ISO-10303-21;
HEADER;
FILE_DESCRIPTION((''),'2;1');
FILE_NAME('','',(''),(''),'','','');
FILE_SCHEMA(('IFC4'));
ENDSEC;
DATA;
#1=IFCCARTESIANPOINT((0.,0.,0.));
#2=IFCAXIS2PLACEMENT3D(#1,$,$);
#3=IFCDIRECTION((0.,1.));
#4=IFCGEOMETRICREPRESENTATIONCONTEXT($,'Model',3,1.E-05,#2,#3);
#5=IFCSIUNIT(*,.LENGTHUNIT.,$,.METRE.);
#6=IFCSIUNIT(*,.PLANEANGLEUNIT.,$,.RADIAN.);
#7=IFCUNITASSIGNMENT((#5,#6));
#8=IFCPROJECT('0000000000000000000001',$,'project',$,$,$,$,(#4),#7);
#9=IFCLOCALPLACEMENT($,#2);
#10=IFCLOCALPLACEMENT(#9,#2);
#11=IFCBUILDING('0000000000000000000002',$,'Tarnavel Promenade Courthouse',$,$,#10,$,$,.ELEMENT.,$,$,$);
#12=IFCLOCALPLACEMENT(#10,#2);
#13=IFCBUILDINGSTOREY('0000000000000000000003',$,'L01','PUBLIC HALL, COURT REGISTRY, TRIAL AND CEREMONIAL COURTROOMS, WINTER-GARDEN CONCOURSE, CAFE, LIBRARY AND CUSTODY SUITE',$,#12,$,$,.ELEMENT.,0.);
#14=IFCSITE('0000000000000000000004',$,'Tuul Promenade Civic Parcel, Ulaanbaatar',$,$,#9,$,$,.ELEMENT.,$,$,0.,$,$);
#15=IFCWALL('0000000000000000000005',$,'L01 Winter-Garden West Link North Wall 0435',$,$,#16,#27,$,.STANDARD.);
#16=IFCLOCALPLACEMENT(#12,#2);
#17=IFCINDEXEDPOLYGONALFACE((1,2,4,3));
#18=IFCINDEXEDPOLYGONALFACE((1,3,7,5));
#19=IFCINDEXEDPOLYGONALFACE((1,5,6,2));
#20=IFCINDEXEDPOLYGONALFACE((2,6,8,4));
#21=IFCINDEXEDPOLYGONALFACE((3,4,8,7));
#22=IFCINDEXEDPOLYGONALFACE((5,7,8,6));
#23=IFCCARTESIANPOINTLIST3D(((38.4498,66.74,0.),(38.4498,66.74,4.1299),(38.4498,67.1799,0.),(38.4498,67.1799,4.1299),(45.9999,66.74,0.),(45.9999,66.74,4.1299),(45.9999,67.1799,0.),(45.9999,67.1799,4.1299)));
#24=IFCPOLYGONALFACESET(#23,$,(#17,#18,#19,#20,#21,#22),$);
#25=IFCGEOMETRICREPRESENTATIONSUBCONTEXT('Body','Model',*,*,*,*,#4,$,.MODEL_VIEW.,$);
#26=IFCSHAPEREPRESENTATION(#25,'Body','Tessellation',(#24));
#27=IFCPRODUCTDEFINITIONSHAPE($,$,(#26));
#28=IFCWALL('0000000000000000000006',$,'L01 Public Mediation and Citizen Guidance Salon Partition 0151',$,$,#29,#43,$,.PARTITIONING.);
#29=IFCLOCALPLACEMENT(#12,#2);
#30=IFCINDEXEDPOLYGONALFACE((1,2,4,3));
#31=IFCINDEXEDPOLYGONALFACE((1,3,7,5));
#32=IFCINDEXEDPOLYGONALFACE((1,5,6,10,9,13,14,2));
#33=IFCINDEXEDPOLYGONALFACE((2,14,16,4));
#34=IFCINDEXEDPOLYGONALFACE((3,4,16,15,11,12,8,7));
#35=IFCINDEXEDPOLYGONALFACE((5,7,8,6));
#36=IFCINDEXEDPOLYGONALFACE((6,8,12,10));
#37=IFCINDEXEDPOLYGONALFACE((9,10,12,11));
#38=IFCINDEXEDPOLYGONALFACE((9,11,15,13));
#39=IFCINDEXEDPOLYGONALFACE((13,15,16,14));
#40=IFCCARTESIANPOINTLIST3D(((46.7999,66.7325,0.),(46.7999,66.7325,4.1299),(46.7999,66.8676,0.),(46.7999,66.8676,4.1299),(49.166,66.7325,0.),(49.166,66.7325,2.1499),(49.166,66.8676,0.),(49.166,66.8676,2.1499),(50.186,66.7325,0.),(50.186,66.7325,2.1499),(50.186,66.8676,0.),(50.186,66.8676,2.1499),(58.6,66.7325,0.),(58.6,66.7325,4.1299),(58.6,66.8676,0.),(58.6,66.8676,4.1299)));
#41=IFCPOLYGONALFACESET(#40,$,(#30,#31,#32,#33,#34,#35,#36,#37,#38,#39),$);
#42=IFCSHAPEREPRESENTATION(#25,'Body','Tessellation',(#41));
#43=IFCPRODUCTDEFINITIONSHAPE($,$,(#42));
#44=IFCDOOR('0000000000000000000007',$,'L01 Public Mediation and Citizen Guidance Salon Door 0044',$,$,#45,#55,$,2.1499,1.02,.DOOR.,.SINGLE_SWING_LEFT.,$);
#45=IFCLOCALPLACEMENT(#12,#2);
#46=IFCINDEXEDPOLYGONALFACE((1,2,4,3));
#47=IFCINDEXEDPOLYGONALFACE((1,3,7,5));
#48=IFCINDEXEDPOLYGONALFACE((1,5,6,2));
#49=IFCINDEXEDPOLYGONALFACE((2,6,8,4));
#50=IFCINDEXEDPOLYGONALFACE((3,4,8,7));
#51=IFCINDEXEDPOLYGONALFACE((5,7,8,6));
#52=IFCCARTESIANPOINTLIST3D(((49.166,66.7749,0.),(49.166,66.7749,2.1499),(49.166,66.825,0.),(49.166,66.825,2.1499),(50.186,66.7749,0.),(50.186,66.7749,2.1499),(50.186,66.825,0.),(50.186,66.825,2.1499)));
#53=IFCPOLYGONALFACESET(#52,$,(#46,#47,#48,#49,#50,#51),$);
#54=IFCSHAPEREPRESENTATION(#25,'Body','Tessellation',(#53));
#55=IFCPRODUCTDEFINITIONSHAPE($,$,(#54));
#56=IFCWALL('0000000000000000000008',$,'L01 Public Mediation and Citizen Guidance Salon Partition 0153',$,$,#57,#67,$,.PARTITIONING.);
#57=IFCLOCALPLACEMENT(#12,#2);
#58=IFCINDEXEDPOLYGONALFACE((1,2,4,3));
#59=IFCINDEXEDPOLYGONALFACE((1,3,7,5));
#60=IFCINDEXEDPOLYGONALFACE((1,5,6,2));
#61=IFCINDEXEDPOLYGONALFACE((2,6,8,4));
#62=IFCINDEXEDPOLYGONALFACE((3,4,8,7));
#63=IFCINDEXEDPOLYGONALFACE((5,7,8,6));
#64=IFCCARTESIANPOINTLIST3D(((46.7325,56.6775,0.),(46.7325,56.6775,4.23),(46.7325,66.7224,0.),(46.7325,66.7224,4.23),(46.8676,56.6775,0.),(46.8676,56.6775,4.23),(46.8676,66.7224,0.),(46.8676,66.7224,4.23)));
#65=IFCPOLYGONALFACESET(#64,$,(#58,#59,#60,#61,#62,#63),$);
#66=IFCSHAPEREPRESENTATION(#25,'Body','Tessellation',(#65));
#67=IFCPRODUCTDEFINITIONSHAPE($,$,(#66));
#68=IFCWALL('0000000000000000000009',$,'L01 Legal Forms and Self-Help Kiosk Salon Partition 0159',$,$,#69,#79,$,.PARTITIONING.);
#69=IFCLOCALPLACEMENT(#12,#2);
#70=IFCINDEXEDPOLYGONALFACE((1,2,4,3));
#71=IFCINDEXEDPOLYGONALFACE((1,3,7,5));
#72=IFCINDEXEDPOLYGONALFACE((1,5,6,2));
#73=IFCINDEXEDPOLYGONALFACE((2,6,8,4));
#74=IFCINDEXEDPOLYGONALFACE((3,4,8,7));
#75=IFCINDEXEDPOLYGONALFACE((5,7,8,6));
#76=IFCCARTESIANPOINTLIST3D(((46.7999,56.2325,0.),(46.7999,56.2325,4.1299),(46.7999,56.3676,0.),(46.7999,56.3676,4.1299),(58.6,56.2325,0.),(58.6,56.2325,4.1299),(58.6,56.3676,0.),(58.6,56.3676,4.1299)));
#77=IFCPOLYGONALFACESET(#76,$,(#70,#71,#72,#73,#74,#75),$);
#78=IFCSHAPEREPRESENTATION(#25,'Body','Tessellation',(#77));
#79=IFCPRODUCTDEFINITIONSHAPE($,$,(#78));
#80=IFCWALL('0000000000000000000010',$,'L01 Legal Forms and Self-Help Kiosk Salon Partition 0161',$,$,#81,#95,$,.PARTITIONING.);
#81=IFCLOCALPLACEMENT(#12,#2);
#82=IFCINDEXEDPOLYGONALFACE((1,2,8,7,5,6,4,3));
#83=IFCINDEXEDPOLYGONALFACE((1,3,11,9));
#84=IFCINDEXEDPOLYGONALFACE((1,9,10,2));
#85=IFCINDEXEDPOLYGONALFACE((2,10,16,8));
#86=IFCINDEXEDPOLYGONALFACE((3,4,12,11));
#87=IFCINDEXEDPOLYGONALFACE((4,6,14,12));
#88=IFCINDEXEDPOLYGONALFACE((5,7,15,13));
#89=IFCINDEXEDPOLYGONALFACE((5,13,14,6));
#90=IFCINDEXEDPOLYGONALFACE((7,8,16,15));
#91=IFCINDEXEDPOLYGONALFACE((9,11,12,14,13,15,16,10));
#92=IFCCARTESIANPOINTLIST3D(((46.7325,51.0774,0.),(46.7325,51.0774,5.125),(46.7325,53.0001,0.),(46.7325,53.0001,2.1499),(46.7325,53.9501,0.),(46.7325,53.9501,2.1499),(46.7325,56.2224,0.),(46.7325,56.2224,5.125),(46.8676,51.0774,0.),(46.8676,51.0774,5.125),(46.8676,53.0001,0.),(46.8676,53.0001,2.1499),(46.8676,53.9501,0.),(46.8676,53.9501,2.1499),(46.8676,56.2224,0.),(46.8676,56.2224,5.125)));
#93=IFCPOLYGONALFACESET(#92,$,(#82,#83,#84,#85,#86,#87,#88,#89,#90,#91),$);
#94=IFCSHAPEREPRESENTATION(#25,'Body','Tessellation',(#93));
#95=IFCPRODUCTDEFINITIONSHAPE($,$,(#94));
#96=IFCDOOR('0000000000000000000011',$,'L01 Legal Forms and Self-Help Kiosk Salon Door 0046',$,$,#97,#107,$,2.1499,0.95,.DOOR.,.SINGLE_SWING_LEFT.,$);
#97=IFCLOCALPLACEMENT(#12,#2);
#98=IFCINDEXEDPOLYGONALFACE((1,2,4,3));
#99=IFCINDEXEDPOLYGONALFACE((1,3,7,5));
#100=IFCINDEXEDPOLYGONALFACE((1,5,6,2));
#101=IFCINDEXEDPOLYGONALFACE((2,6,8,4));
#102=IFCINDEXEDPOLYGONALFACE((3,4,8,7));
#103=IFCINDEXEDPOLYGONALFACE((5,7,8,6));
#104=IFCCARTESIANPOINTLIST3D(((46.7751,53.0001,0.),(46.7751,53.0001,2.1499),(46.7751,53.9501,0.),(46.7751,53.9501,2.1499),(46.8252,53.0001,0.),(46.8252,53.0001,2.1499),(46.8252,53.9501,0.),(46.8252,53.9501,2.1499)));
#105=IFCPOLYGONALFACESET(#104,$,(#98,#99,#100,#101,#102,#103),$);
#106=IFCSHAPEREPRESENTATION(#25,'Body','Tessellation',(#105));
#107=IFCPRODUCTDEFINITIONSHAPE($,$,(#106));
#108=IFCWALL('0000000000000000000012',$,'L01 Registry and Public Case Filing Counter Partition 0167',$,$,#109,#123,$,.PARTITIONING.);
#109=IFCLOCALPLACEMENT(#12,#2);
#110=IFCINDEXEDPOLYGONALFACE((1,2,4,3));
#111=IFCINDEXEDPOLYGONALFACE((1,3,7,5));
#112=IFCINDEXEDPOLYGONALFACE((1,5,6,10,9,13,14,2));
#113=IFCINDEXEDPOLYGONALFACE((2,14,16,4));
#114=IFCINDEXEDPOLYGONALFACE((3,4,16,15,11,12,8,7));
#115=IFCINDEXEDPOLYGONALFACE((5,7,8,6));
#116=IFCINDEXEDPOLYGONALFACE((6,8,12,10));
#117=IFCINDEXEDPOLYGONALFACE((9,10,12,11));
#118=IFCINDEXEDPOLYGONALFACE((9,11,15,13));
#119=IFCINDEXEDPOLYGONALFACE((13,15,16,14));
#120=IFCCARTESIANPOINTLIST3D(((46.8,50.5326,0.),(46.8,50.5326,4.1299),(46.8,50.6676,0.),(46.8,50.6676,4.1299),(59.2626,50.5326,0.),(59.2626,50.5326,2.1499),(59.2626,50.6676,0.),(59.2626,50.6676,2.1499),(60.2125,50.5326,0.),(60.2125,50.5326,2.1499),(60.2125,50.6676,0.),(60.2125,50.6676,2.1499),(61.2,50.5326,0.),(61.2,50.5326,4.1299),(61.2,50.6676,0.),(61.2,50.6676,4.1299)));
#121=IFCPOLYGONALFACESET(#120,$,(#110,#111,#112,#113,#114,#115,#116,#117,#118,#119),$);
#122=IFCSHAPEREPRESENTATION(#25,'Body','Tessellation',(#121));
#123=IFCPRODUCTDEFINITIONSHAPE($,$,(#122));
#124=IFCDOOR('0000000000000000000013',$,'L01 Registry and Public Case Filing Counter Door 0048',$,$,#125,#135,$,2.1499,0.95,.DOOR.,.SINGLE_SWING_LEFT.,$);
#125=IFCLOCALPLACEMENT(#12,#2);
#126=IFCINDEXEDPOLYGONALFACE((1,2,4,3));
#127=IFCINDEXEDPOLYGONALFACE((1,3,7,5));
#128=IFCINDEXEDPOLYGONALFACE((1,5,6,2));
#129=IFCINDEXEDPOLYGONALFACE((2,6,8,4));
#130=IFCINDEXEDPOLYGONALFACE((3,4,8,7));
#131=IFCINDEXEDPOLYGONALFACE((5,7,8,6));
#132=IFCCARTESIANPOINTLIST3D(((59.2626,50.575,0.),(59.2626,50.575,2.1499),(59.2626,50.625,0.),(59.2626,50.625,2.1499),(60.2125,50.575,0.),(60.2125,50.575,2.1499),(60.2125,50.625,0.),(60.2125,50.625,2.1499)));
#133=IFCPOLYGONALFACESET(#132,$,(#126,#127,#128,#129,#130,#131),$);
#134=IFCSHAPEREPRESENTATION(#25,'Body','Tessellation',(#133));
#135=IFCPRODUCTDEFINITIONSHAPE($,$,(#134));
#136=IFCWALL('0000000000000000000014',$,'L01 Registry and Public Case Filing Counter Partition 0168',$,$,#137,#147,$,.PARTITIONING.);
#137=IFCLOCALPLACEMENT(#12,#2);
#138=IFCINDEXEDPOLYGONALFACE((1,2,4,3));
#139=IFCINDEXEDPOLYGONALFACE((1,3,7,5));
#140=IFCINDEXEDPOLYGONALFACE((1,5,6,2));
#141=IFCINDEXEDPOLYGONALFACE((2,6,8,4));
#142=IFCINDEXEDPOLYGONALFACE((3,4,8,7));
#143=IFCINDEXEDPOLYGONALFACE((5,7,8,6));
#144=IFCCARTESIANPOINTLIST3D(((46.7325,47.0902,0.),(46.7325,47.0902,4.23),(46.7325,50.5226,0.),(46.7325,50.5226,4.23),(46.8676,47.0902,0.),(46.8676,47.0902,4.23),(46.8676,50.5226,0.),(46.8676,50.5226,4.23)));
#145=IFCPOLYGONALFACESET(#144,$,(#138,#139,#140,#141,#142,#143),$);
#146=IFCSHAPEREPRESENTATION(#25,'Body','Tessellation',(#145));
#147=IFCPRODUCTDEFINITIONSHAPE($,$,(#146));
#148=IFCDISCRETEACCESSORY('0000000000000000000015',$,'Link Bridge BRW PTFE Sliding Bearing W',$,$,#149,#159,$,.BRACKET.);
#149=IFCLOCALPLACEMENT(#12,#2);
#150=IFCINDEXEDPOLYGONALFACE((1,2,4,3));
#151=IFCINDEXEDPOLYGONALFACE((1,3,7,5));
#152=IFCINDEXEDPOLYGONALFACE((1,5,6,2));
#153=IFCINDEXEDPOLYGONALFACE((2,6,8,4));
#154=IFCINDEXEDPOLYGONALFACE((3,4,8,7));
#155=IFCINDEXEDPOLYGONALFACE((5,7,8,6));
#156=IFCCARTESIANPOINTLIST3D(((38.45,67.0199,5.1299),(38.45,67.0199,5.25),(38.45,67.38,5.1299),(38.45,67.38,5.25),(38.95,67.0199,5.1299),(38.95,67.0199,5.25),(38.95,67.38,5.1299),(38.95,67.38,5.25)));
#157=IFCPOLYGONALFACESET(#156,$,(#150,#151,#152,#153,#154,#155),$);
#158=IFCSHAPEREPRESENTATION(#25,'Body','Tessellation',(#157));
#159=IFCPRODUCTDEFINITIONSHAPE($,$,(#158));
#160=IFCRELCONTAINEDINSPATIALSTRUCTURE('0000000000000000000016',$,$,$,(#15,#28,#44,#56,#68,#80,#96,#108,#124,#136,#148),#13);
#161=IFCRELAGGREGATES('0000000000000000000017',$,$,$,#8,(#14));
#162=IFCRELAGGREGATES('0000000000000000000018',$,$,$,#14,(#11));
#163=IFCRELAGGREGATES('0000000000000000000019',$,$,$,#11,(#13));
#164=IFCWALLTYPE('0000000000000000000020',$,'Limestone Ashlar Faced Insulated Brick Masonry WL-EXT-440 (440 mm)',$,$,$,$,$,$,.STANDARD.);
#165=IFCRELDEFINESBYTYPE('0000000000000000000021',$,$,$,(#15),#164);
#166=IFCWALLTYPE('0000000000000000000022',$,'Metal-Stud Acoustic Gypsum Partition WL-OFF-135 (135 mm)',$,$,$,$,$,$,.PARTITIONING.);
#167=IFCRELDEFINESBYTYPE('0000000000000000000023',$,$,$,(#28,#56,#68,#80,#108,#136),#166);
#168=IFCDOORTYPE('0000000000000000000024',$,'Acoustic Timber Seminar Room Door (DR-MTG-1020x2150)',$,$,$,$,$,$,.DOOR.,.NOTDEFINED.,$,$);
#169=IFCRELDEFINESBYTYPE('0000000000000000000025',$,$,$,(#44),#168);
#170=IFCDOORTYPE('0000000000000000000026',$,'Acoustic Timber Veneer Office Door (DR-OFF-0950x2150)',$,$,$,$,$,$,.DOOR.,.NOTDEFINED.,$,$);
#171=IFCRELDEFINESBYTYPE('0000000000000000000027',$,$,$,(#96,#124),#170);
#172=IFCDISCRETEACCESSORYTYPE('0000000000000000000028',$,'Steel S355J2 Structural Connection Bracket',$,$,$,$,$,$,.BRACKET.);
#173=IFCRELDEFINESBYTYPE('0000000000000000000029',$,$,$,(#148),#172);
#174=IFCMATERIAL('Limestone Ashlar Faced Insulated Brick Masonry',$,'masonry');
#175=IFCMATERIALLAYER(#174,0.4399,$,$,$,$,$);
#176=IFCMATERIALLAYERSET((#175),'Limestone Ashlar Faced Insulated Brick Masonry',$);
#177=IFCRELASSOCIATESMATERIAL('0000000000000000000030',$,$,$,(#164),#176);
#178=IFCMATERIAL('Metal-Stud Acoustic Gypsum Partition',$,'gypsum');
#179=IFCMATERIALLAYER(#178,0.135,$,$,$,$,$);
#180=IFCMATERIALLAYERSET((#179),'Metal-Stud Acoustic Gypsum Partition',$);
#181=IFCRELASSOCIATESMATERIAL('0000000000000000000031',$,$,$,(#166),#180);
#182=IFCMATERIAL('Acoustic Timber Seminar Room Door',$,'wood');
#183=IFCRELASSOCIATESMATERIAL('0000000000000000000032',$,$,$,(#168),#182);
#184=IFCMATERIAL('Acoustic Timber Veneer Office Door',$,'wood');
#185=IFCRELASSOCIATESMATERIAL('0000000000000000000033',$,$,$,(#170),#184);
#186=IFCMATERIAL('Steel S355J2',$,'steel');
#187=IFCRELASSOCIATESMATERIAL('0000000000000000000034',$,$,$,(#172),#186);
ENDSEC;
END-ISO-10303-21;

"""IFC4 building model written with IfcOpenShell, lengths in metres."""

from ifc_helpers import new_model, si_unit, direction, frame, frame_2d, origin, origin_2d, place, context, subcontext, project, spatial, rectangle, extrude, material, layer, layer_set, type_object, element, fill, save


model = new_model("IFC4")

# Units and contexts
model_context = context("Model", 3, precision=1e-05, world=origin(), true_north=direction((0.0, 1.0)))
body_context = subcontext(model_context, "Body", "Model", "MODEL_VIEW")
ifc_project = project(units=[si_unit("LENGTHUNIT", "METRE"), si_unit("PLANEANGLEUNIT", "RADIAN")], contexts=[model_context])

# Site, building, storey
site_placement = place(None, origin())
site = spatial("IfcSite", under=ifc_project, at=site_placement, Name="Tuul Promenade Civic Parcel, Ulaanbaatar", CompositionType="ELEMENT", RefElevation=0.0)
building_placement = place(site_placement, origin())
building = spatial("IfcBuilding", under=site, at=building_placement, Name="Tarnavel Promenade Courthouse", CompositionType="ELEMENT")
storey_placement = place(building_placement, origin())
storey = spatial("IfcBuildingStorey", under=building, at=storey_placement, Name="L01", Description="PUBLIC HALL, COURT REGISTRY, TRIAL AND CEREMONIAL COURTROOMS, WINTER-GARDEN CONCOURSE, CAFE, LIBRARY AND CUSTODY SUITE", CompositionType="ELEMENT", Elevation=0.0)

# Shared definitions
ifc_material_1 = material(Name="Steel S355J2", Category="steel")

# Wall
ifc_material_2 = material(Name="Limestone Ashlar Faced Insulated Brick Masonry", Category="masonry")
ifc_layer_1 = layer(ifc_material_2, 0.4399)
ifc_layer_set_1 = layer_set([ifc_layer_1], Name="Limestone Ashlar Faced Insulated Brick Masonry")
wall_type_1 = type_object("IfcWallType", Name="Limestone Ashlar Faced Insulated Brick Masonry WL-EXT-440 (440 mm)", PredefinedType="STANDARD", material=ifc_layer_set_1)
wall_1_placement = place(storey_placement, frame((38.45, 66.96, 0.0), z_axis=(0.0, 0.0, 1.0), x_axis=(1.0, 0.0, 0.0)))
element("IfcWall", 1, at=wall_1_placement, inside=storey, type_object=wall_type_1, Name="L01 Winter-Garden West Link North Wall 0435", PredefinedType="STANDARD", context=body_context, shape_type="SweptSolid", body=[
    extrude(rectangle(XDim=7.55, YDim=0.4399, at=frame_2d((3.7749, 0.0))), origin(), (0.0, 0.0, 1.0), 4.1299),
])

# Wall, opening, door
ifc_material_3 = material(Name="Metal-Stud Acoustic Gypsum Partition", Category="gypsum")
ifc_layer_2 = layer(ifc_material_3, 0.135)
ifc_layer_set_2 = layer_set([ifc_layer_2], Name="Metal-Stud Acoustic Gypsum Partition")
wall_type_2 = type_object("IfcWallType", Name="Metal-Stud Acoustic Gypsum Partition WL-OFF-135 (135 mm)", PredefinedType="PARTITIONING", material=ifc_layer_set_2)
wall_2_placement = place(storey_placement, frame((46.8, 66.8, 0.0), z_axis=(0.0, 0.0, 1.0), x_axis=(1.0, 0.0, 0.0)))
wall_2 = element("IfcWall", 2, at=wall_2_placement, inside=storey, type_object=wall_type_2, Name="L01 Public Mediation and Citizen Guidance Salon Partition 0151", PredefinedType="PARTITIONING", context=body_context, shape_type="SweptSolid", body=[
    extrude(rectangle(XDim=11.8, YDim=0.135, at=frame_2d((5.8999, 0.0))), origin(), (0.0, 0.0, 1.0), 4.1299),
])
opening_1_placement = place(wall_2_placement, frame((2.366, 0.0, 0.0)))
opening_1 = element("IfcOpeningElement", 3, at=opening_1_placement, cuts=wall_2, PredefinedType="OPENING", context=body_context, shape_type="SweptSolid", body=[
    extrude(rectangle(XDim=1.02, YDim=2.1499, at=frame_2d((0.51, 1.075))), frame((0.0, 0.0774, 0.0), z_axis=(0.0, -1.0, 0.0), x_axis=(1.0, 0.0, 0.0)), (0.0, 0.0, 1.0), 0.155),
])
ifc_material_4 = material(Name="Acoustic Timber Seminar Room Door", Category="wood")
door_type_1 = type_object("IfcDoorType", Name="Acoustic Timber Seminar Room Door (DR-MTG-1020x2150)", OperationType="NOTDEFINED", PredefinedType="DOOR", material=ifc_material_4)
door_1_placement = place(opening_1_placement, origin())
door_1 = element("IfcDoor", 4, at=door_1_placement, inside=storey, type_object=door_type_1, Name="L01 Public Mediation and Citizen Guidance Salon Door 0044", OperationType="SINGLE_SWING_LEFT", OverallHeight=2.1499, OverallWidth=1.02, PredefinedType="DOOR", context=body_context, shape_type="SweptSolid", body=[
    extrude(rectangle(XDim=1.02, YDim=2.1499, at=frame_2d((0.51, 1.075))), frame((0.0, 0.0249, 0.0), z_axis=(0.0, -1.0, 0.0), x_axis=(1.0, 0.0, 0.0)), (0.0, 0.0, 1.0), 0.05),
])
fill(opening_1, door_1)

# Walls
wall_3_placement = place(storey_placement, frame((46.8, 56.6775, 0.0), z_axis=(0.0, 0.0, 1.0), x_axis=(0.0, 1.0, 0.0)))
element("IfcWall", 5, at=wall_3_placement, inside=storey, type_object=wall_type_2, Name="L01 Public Mediation and Citizen Guidance Salon Partition 0153", PredefinedType="PARTITIONING", context=body_context, shape_type="SweptSolid", body=[
    extrude(rectangle(XDim=10.0449, YDim=0.135, at=frame_2d((5.0225, 0.0))), origin(), (0.0, 0.0, 1.0), 4.23),
])
wall_4_placement = place(storey_placement, frame((46.8, 56.3, 0.0), z_axis=(0.0, 0.0, 1.0), x_axis=(1.0, 0.0, 0.0)))
element("IfcWall", 6, at=wall_4_placement, inside=storey, type_object=wall_type_2, Name="L01 Legal Forms and Self-Help Kiosk Salon Partition 0159", PredefinedType="PARTITIONING", context=body_context, shape_type="SweptSolid", body=[
    extrude(rectangle(XDim=11.8, YDim=0.135, at=frame_2d((5.8999, 0.0))), origin(), (0.0, 0.0, 1.0), 4.1299),
])

# Walls, openings, doors
wall_5_placement = place(storey_placement, frame((46.8, 51.0774, 0.0), z_axis=(0.0, 0.0, 1.0), x_axis=(0.0, 1.0, 0.0)))
wall_5 = element("IfcWall", 7, at=wall_5_placement, inside=storey, type_object=wall_type_2, Name="L01 Legal Forms and Self-Help Kiosk Salon Partition 0161", PredefinedType="PARTITIONING", context=body_context, shape_type="SweptSolid", body=[
    extrude(rectangle(XDim=5.145, YDim=0.135, at=frame_2d((2.5725, 0.0))), origin(), (0.0, 0.0, 1.0), 5.125),
])
opening_2_placement = place(wall_5_placement, frame((1.9226, 0.0, 0.0)))
opening_2 = element("IfcOpeningElement", 8, at=opening_2_placement, cuts=wall_5, PredefinedType="OPENING", context=body_context, shape_type="SweptSolid", body=[
    extrude(rectangle(XDim=0.95, YDim=2.1499, at=frame_2d((0.4751, 1.075))), frame((0.0, 0.0774, 0.0), z_axis=(0.0, -1.0, 0.0), x_axis=(1.0, 0.0, 0.0)), (0.0, 0.0, 1.0), 0.155),
])
ifc_material_5 = material(Name="Acoustic Timber Veneer Office Door", Category="wood")
door_type_2 = type_object("IfcDoorType", Name="Acoustic Timber Veneer Office Door (DR-OFF-0950x2150)", OperationType="NOTDEFINED", PredefinedType="DOOR", material=ifc_material_5)
door_2_placement = place(opening_2_placement, origin())
door_2 = element("IfcDoor", 9, at=door_2_placement, inside=storey, type_object=door_type_2, Name="L01 Legal Forms and Self-Help Kiosk Salon Door 0046", OperationType="SINGLE_SWING_LEFT", OverallHeight=2.1499, OverallWidth=0.95, PredefinedType="DOOR", context=body_context, shape_type="SweptSolid", body=[
    extrude(rectangle(XDim=0.95, YDim=2.1499, at=frame_2d((0.4751, 1.075))), frame((0.0, 0.0249, 0.0), z_axis=(0.0, -1.0, 0.0), x_axis=(1.0, 0.0, 0.0)), (0.0, 0.0, 1.0), 0.05),
])
fill(opening_2, door_2)
wall_6_placement = place(storey_placement, frame((46.8, 50.6001, 0.0), z_axis=(0.0, 0.0, 1.0), x_axis=(1.0, 0.0, 0.0)))
wall_6 = element("IfcWall", 10, at=wall_6_placement, inside=storey, type_object=wall_type_2, Name="L01 Registry and Public Case Filing Counter Partition 0167", PredefinedType="PARTITIONING", context=body_context, shape_type="SweptSolid", body=[
    extrude(rectangle(XDim=14.3999, YDim=0.135, at=frame_2d((7.2, 0.0))), origin(), (0.0, 0.0, 1.0), 4.1299),
])
opening_3_placement = place(wall_6_placement, frame((12.4624, 0.0, 0.0)))
opening_3 = element("IfcOpeningElement", 11, at=opening_3_placement, cuts=wall_6, PredefinedType="OPENING", context=body_context, shape_type="SweptSolid", body=[
    extrude(rectangle(XDim=0.95, YDim=2.1499, at=frame_2d((0.4751, 1.075))), frame((0.0, 0.0774, 0.0), z_axis=(0.0, -1.0, 0.0), x_axis=(1.0, 0.0, 0.0)), (0.0, 0.0, 1.0), 0.155),
])
door_3_placement = place(opening_3_placement, origin())
door_3 = element("IfcDoor", 12, at=door_3_placement, inside=storey, type_object=door_type_2, Name="L01 Registry and Public Case Filing Counter Door 0048", OperationType="SINGLE_SWING_LEFT", OverallHeight=2.1499, OverallWidth=0.95, PredefinedType="DOOR", context=body_context, shape_type="SweptSolid", body=[
    extrude(rectangle(XDim=0.95, YDim=2.1499, at=frame_2d((0.4751, 1.075))), frame((0.0, 0.0249, 0.0), z_axis=(0.0, -1.0, 0.0), x_axis=(1.0, 0.0, 0.0)), (0.0, 0.0, 1.0), 0.05),
])
fill(opening_3, door_3)

# Wall
wall_7_placement = place(storey_placement, frame((46.8, 47.0901, 0.0), z_axis=(0.0, 0.0, 1.0), x_axis=(0.0, 1.0, 0.0)))
element("IfcWall", 13, at=wall_7_placement, inside=storey, type_object=wall_type_2, Name="L01 Registry and Public Case Filing Counter Partition 0168", PredefinedType="PARTITIONING", context=body_context, shape_type="SweptSolid", body=[
    extrude(rectangle(XDim=3.4324, YDim=0.135, at=frame_2d((1.7163, 0.0))), origin(), (0.0, 0.0, 1.0), 4.23),
])

# Discrete accessory
discrete_accessory_type = type_object("IfcDiscreteAccessoryType", Name="Steel S355J2 Structural Connection Bracket", PredefinedType="BRACKET", material=ifc_material_1)
discrete_accessory_placement = place(storey_placement, frame((38.7, 67.2, 5.1299), z_axis=(0.0, 0.0, 1.0), x_axis=(1.0, 0.0, 0.0)))
element("IfcDiscreteAccessory", 14, at=discrete_accessory_placement, inside=storey, type_object=discrete_accessory_type, Name="Link Bridge BRW PTFE Sliding Bearing W", PredefinedType="BRACKET", context=body_context, shape_type="SweptSolid", body=[
    extrude(rectangle(XDim=0.5, YDim=0.3601, at=origin_2d()), origin(), (0.0, 0.0, 1.0), 0.1201),
])

save(model, "model.ifc")
